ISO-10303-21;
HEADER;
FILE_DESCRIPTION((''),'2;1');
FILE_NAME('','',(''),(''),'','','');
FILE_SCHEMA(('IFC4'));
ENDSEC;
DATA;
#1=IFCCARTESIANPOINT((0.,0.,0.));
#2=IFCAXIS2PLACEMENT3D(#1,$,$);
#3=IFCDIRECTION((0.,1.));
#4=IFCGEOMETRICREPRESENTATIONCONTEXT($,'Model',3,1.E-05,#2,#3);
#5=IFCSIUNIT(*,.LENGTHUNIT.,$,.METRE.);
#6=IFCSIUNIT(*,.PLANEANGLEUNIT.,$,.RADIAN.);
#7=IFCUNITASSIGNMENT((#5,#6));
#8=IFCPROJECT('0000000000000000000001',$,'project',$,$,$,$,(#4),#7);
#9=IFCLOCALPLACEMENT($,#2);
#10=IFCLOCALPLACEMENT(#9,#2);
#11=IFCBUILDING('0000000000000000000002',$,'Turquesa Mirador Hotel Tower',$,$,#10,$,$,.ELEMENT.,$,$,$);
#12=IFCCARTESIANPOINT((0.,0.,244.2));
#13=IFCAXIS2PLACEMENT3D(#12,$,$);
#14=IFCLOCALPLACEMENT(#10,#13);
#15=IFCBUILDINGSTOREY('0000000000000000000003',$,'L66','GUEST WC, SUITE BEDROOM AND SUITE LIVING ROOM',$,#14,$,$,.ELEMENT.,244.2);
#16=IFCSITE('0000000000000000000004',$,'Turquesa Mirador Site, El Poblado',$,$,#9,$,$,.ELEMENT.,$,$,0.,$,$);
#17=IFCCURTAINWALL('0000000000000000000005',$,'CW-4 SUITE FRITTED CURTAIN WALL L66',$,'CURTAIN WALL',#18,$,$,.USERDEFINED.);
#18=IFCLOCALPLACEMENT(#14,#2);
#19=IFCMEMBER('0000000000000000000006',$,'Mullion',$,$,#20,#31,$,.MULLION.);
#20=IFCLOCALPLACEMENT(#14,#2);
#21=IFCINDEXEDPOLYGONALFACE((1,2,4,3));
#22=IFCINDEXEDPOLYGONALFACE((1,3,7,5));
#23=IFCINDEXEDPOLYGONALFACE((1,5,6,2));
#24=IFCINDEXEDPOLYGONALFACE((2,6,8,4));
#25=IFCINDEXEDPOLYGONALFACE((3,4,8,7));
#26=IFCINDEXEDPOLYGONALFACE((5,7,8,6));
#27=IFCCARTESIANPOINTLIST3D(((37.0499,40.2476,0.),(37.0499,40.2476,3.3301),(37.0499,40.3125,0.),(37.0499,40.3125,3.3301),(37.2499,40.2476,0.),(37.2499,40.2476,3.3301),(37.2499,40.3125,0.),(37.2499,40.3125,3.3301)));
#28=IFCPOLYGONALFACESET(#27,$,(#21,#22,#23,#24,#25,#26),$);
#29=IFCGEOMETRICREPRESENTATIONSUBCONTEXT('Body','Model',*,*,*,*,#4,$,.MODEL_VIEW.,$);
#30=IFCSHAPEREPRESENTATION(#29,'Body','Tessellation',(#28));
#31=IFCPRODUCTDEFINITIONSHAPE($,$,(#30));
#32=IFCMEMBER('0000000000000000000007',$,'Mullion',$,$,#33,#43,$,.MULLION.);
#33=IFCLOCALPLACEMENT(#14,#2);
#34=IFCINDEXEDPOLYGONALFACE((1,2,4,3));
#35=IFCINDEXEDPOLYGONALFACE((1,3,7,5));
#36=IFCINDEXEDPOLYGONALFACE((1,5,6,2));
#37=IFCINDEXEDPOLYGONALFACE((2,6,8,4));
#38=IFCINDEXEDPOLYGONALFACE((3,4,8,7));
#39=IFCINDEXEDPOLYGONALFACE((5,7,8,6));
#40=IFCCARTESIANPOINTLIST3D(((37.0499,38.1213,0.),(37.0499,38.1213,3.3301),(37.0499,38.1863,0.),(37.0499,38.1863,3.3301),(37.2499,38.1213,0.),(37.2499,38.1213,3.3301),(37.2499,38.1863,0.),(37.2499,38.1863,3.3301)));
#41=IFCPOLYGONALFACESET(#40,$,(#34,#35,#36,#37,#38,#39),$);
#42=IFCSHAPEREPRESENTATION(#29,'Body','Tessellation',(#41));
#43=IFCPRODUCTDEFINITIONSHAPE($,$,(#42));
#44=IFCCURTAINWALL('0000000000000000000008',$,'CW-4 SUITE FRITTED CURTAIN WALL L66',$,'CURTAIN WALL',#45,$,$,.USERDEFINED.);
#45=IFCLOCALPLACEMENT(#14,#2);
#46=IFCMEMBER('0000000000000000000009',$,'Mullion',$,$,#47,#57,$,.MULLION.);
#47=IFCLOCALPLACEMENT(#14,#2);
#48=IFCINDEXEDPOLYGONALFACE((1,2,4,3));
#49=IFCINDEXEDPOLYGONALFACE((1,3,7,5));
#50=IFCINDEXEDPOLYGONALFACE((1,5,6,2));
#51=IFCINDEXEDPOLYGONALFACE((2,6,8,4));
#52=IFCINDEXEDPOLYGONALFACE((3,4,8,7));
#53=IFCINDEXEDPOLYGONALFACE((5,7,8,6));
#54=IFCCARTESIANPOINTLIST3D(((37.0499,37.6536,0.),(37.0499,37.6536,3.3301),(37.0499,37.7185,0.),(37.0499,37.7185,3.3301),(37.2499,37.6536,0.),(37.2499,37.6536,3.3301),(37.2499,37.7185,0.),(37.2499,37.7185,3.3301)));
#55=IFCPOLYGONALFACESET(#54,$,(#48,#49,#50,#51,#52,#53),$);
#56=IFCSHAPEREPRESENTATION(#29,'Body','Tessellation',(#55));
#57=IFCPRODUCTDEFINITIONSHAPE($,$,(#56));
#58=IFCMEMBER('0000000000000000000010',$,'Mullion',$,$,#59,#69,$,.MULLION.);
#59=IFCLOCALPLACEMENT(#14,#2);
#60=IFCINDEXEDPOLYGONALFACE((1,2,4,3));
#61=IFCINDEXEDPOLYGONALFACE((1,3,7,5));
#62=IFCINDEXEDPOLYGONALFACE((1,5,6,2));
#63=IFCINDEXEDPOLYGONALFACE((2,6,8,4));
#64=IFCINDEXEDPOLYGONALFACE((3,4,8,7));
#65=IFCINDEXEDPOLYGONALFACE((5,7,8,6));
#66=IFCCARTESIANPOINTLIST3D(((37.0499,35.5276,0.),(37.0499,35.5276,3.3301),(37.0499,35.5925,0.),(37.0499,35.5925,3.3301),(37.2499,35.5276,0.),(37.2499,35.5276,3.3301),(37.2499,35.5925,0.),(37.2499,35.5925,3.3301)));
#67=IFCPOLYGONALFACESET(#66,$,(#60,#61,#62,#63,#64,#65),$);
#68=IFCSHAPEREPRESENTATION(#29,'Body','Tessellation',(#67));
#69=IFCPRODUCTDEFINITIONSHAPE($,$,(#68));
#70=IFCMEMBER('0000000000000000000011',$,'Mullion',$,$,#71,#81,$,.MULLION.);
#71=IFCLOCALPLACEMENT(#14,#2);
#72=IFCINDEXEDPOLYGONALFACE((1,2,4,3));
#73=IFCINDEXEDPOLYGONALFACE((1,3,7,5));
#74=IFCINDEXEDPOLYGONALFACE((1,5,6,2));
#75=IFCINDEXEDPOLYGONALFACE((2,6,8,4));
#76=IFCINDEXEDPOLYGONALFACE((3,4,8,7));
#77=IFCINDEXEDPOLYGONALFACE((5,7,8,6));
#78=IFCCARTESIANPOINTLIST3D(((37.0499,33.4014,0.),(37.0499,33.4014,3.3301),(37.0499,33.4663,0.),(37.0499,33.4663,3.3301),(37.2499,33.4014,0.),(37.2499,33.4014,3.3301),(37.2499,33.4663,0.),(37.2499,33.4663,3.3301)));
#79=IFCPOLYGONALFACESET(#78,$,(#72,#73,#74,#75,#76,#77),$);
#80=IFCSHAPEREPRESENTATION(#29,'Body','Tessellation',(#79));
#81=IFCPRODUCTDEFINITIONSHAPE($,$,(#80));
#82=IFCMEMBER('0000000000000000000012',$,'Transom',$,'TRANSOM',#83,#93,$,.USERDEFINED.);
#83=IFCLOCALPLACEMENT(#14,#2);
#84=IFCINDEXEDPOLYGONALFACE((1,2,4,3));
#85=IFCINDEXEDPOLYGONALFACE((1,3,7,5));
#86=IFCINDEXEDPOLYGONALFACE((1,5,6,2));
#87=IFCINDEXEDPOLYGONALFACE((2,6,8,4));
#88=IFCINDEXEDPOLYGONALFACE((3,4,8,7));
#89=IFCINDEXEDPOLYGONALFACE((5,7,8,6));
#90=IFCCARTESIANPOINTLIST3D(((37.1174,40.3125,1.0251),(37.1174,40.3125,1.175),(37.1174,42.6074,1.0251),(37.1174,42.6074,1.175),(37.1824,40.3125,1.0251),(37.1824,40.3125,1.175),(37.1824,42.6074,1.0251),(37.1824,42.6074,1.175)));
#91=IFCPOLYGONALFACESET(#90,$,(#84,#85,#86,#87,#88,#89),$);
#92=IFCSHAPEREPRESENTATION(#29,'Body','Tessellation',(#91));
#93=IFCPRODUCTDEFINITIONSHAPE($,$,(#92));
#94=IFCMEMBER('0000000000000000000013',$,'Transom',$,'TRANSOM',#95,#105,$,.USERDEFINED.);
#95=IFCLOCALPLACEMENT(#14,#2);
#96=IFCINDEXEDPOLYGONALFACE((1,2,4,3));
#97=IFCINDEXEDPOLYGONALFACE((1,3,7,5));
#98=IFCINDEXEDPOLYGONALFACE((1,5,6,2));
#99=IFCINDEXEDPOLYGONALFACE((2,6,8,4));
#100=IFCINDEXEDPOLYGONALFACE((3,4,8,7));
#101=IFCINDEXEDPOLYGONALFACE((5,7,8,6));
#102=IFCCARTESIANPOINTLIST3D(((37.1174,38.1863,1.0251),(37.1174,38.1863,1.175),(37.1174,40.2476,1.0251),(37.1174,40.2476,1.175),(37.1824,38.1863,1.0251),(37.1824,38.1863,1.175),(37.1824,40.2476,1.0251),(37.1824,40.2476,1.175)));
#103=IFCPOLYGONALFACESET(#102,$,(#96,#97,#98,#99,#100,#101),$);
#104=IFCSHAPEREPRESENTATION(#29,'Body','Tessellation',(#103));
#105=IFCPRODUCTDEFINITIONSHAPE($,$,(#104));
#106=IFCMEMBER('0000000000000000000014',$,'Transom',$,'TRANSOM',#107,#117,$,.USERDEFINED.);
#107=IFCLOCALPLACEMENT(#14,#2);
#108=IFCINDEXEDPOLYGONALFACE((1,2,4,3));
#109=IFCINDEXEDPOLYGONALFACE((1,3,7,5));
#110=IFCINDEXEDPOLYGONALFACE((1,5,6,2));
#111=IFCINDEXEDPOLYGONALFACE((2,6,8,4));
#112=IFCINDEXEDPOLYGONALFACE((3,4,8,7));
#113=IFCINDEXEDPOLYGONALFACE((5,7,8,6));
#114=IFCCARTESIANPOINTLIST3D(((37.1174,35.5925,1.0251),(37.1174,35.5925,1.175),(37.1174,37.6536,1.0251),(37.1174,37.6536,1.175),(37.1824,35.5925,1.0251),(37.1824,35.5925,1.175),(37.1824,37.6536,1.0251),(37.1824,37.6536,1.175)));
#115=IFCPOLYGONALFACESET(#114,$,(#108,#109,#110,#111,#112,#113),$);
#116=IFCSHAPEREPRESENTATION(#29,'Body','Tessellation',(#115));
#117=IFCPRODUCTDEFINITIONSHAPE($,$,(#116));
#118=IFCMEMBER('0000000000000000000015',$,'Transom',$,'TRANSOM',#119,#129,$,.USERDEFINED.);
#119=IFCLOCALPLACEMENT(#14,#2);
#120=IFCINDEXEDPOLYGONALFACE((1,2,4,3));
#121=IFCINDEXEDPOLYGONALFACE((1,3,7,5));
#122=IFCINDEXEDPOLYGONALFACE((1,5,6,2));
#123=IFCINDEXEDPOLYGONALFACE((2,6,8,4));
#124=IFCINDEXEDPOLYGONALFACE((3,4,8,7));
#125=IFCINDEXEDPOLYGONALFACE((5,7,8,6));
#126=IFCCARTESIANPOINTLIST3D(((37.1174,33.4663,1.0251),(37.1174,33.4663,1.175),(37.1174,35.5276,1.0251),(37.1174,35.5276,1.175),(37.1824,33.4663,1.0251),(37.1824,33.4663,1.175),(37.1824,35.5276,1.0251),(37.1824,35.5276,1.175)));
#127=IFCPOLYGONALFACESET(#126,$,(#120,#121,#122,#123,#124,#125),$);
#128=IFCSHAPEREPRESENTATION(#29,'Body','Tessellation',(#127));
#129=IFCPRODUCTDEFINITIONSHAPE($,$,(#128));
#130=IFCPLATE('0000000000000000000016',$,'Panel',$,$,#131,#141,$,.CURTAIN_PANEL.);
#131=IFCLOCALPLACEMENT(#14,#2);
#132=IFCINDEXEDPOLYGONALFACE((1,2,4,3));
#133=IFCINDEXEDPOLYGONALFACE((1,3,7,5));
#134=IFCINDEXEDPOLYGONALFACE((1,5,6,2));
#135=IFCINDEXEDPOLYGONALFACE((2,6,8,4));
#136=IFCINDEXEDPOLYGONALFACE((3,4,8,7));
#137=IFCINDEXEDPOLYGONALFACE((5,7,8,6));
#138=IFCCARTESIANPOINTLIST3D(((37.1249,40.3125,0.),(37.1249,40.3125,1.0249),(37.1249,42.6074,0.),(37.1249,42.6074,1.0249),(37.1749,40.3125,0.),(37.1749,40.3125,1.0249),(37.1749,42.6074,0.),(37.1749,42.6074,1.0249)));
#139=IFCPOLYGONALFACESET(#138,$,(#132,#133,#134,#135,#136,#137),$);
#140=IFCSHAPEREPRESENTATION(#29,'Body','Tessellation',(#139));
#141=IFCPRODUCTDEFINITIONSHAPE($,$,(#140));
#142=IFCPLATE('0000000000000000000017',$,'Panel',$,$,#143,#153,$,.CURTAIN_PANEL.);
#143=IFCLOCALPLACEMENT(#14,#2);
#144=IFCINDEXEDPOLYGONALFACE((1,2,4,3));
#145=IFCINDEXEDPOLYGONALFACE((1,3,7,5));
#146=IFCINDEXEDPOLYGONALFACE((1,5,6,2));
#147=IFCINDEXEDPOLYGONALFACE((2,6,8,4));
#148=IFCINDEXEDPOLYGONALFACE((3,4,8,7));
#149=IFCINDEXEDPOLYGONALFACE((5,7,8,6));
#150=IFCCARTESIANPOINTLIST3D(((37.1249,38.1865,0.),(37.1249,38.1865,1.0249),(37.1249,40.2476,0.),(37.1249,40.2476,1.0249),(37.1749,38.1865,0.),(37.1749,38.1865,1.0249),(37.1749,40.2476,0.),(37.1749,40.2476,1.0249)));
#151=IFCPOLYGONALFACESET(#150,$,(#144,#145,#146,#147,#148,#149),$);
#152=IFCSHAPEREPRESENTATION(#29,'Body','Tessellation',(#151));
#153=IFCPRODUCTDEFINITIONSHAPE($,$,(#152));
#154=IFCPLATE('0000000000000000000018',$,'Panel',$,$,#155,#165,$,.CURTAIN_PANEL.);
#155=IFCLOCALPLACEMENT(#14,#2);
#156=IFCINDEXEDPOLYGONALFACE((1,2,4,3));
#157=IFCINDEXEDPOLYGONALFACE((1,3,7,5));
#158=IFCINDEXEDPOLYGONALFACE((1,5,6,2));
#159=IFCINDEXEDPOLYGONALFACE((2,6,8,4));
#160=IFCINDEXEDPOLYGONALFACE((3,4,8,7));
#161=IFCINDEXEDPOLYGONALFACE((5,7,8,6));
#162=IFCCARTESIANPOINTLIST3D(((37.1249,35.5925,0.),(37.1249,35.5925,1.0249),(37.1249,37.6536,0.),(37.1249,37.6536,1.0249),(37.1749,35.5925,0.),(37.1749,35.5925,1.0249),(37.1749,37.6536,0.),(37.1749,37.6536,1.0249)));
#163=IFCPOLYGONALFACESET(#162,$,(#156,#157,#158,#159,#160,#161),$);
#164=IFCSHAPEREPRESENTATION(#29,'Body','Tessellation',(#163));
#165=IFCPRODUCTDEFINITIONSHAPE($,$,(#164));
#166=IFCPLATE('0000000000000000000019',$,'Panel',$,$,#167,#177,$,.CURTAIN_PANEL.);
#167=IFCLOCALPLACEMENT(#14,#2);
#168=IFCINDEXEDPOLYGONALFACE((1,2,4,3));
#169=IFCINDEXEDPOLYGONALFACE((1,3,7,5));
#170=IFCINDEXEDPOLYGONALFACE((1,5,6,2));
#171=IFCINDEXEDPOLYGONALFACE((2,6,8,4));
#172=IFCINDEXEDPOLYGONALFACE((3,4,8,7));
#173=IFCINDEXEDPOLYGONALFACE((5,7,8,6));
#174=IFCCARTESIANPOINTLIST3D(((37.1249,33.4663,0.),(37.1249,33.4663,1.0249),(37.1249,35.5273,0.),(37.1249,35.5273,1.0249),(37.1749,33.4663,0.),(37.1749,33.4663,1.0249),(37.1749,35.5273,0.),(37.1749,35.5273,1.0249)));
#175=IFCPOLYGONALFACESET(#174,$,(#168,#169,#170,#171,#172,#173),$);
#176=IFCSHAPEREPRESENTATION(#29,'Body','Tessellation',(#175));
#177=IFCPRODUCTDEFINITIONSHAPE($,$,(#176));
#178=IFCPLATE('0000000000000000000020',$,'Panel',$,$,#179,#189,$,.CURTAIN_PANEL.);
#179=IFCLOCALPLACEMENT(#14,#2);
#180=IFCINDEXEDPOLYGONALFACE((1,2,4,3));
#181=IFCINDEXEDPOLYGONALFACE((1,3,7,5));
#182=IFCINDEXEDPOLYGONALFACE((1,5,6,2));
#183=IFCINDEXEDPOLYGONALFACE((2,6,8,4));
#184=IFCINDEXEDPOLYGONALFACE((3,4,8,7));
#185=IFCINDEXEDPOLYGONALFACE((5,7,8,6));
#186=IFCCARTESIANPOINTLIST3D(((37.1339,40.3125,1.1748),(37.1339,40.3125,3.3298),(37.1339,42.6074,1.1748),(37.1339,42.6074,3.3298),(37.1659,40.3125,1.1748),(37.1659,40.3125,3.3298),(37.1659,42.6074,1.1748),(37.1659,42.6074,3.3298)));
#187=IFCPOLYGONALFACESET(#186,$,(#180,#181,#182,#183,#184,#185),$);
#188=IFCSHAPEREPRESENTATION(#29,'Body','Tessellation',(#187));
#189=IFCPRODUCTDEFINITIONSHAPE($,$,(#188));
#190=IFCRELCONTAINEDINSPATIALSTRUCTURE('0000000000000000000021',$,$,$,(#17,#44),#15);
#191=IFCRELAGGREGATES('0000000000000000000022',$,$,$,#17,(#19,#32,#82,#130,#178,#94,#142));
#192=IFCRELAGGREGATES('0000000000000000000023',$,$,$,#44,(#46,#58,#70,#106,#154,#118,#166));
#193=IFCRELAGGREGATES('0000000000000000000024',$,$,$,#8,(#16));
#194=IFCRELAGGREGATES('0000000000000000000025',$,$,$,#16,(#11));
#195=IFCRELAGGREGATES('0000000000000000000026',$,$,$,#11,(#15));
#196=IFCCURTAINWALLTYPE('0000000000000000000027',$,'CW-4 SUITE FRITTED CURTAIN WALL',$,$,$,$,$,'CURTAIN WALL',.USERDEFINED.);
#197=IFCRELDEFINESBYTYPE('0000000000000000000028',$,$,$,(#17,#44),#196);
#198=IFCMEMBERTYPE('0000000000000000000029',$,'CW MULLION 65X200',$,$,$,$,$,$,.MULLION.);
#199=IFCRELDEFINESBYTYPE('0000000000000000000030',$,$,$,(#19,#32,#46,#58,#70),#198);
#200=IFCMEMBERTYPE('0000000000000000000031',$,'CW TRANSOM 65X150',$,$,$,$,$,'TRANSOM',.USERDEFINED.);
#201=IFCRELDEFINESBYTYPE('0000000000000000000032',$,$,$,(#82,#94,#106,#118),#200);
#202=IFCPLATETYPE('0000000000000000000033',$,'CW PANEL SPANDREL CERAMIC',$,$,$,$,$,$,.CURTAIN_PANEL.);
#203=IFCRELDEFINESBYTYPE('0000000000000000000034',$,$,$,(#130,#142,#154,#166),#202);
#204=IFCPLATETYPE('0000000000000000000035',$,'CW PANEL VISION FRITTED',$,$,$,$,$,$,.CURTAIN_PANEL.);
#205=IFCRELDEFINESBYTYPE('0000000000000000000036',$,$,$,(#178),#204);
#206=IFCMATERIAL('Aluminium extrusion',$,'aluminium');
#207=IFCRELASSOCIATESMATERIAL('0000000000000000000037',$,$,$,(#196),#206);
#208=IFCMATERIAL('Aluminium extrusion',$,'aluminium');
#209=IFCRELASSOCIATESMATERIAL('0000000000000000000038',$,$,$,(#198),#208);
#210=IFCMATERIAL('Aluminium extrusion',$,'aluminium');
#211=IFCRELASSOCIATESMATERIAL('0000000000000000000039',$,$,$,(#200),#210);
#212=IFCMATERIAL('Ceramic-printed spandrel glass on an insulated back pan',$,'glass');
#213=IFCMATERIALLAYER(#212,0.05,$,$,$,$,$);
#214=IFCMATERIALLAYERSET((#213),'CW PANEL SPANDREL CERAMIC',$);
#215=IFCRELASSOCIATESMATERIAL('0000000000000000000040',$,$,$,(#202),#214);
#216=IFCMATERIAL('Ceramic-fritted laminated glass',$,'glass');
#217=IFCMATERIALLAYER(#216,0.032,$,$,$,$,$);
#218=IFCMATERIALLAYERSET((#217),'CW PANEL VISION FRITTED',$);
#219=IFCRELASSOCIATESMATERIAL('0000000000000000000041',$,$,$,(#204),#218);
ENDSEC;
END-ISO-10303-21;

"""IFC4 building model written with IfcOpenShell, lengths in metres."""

from ifc_helpers import new_model, si_unit, direction, frame, origin, origin_2d, place, context, subcontext, project, spatial, rectangle, extrude, material, layer, layer_set, material_profile, profile_set, type_object, element, aggregate, save


model = new_model("IFC4")

# Units and contexts
model_context = context("Model", 3, precision=1e-05, world=origin(), true_north=direction((0.0, 1.0)))
body_context = subcontext(model_context, "Body", "Model", "MODEL_VIEW")
ifc_project = project(units=[si_unit("LENGTHUNIT", "METRE"), si_unit("PLANEANGLEUNIT", "RADIAN")], contexts=[model_context])

# Site, building, storey
site_placement = place(None, origin())
site = spatial("IfcSite", under=ifc_project, at=site_placement, Name="Turquesa Mirador Site, El Poblado", CompositionType="ELEMENT", RefElevation=0.0)
building_placement = place(site_placement, origin())
building = spatial("IfcBuilding", under=site, at=building_placement, Name="Turquesa Mirador Hotel Tower", CompositionType="ELEMENT")
storey_placement = place(building_placement, frame((0.0, 0.0, 244.2)))
storey = spatial("IfcBuildingStorey", under=building, at=storey_placement, Name="L66", Description="GUEST WC, SUITE BEDROOM AND SUITE LIVING ROOM", CompositionType="ELEMENT", Elevation=244.2)

# Curtain walls, members
ifc_material_1 = material(Name="Aluminium extrusion", Category="aluminium")
curtain_wall_type = type_object("IfcCurtainWallType", Name="CW-4 SUITE FRITTED CURTAIN WALL", ElementType="CURTAIN WALL", PredefinedType="USERDEFINED", material=ifc_material_1)
curtain_wall_1_placement = place(storey_placement, origin())
curtain_wall_1 = element("IfcCurtainWall", 1, at=curtain_wall_1_placement, inside=storey, type_object=curtain_wall_type, Name="CW-4 SUITE FRITTED CURTAIN WALL L66", ObjectType="CURTAIN WALL", PredefinedType="USERDEFINED")
ifc_material_2 = material(Name="Aluminium extrusion", Category="aluminium")
ifc_material_profile_1 = material_profile(ifc_material_2, rectangle(XDim=0.0649, YDim=0.2, at=origin_2d()), Name="MULLION 65X200")
ifc_profile_set_1 = profile_set([ifc_material_profile_1], Name="Aluminium extrusion")
member_type_1 = type_object("IfcMemberType", Name="CW MULLION 65X200", PredefinedType="MULLION", material=ifc_profile_set_1)
member_1_placement = place(storey_placement, frame((37.1499, 40.28, 0.0), z_axis=(0.0, 0.0, 1.0), x_axis=(0.0, -1.0, 0.0)))
member_1 = element("IfcMember", 2, at=member_1_placement, type_object=member_type_1, Name="Mullion", PredefinedType="MULLION", context=body_context, shape_type="SweptSolid", body=[
    extrude(rectangle(XDim=0.0649, YDim=0.2, at=origin_2d()), origin(), (0.0, 0.0, 1.0), 3.3301),
])
member_2_placement = place(storey_placement, frame((37.1499, 38.1538, 0.0), z_axis=(0.0, 0.0, 1.0), x_axis=(0.0, -1.0, 0.0)))
member_2 = element("IfcMember", 3, at=member_2_placement, type_object=member_type_1, Name="Mullion", PredefinedType="MULLION", context=body_context, shape_type="SweptSolid", body=[
    extrude(rectangle(XDim=0.0649, YDim=0.2, at=origin_2d()), origin(), (0.0, 0.0, 1.0), 3.3301),
])
curtain_wall_2_placement = place(storey_placement, origin())
curtain_wall_2 = element("IfcCurtainWall", 4, at=curtain_wall_2_placement, inside=storey, type_object=curtain_wall_type, Name="CW-4 SUITE FRITTED CURTAIN WALL L66", ObjectType="CURTAIN WALL", PredefinedType="USERDEFINED")
member_3_placement = place(storey_placement, frame((37.1499, 37.686, 0.0), z_axis=(0.0, 0.0, 1.0), x_axis=(0.0, -1.0, 0.0)))
member_3 = element("IfcMember", 5, at=member_3_placement, type_object=member_type_1, Name="Mullion", PredefinedType="MULLION", context=body_context, shape_type="SweptSolid", body=[
    extrude(rectangle(XDim=0.0649, YDim=0.2, at=origin_2d()), origin(), (0.0, 0.0, 1.0), 3.3301),
])
member_4_placement = place(storey_placement, frame((37.1499, 35.5601, 0.0), z_axis=(0.0, 0.0, 1.0), x_axis=(0.0, -1.0, 0.0)))
member_4 = element("IfcMember", 6, at=member_4_placement, type_object=member_type_1, Name="Mullion", PredefinedType="MULLION", context=body_context, shape_type="SweptSolid", body=[
    extrude(rectangle(XDim=0.0649, YDim=0.2, at=origin_2d()), origin(), (0.0, 0.0, 1.0), 3.3301),
])
member_5_placement = place(storey_placement, frame((37.1499, 33.4338, 0.0), z_axis=(0.0, 0.0, 1.0), x_axis=(0.0, -1.0, 0.0)))
member_5 = element("IfcMember", 7, at=member_5_placement, type_object=member_type_1, Name="Mullion", PredefinedType="MULLION", context=body_context, shape_type="SweptSolid", body=[
    extrude(rectangle(XDim=0.0649, YDim=0.2, at=origin_2d()), origin(), (0.0, 0.0, 1.0), 3.3301),
])

# Members
ifc_material_3 = material(Name="Aluminium extrusion", Category="aluminium")
ifc_material_profile_2 = material_profile(ifc_material_3, rectangle(XDim=0.0649, YDim=0.1499, at=origin_2d()), Name="TRANSOM 65X150")
ifc_profile_set_2 = profile_set([ifc_material_profile_2], Name="Aluminium extrusion")
member_type_2 = type_object("IfcMemberType", Name="CW TRANSOM 65X150", ElementType="TRANSOM", PredefinedType="USERDEFINED", material=ifc_profile_set_2)
member_6_placement = place(storey_placement, frame((37.1499, 42.6074, 1.1001), z_axis=(0.0, -1.0, 0.0), x_axis=(1.0, 0.0, 0.0)))
member_6 = element("IfcMember", 8, at=member_6_placement, type_object=member_type_2, Name="Transom", ObjectType="TRANSOM", PredefinedType="USERDEFINED", context=body_context, shape_type="SweptSolid", body=[
    extrude(rectangle(XDim=0.0649, YDim=0.1499, at=origin_2d()), origin(), (0.0, 0.0, 1.0), 2.2949),
])
member_7_placement = place(storey_placement, frame((37.1499, 40.2476, 1.1001), z_axis=(0.0, -1.0, 0.0), x_axis=(1.0, 0.0, 0.0)))
member_7 = element("IfcMember", 9, at=member_7_placement, type_object=member_type_2, Name="Transom", ObjectType="TRANSOM", PredefinedType="USERDEFINED", context=body_context, shape_type="SweptSolid", body=[
    extrude(rectangle(XDim=0.0649, YDim=0.1499, at=origin_2d()), origin(), (0.0, 0.0, 1.0), 2.0613),
])
member_8_placement = place(storey_placement, frame((37.1499, 37.6536, 1.1001), z_axis=(0.0, -1.0, 0.0), x_axis=(1.0, 0.0, 0.0)))
member_8 = element("IfcMember", 10, at=member_8_placement, type_object=member_type_2, Name="Transom", ObjectType="TRANSOM", PredefinedType="USERDEFINED", context=body_context, shape_type="SweptSolid", body=[
    extrude(rectangle(XDim=0.0649, YDim=0.1499, at=origin_2d()), origin(), (0.0, 0.0, 1.0), 2.061),
])
member_9_placement = place(storey_placement, frame((37.1499, 35.5276, 1.1001), z_axis=(0.0, -1.0, 0.0), x_axis=(1.0, 0.0, 0.0)))
member_9 = element("IfcMember", 11, at=member_9_placement, type_object=member_type_2, Name="Transom", ObjectType="TRANSOM", PredefinedType="USERDEFINED", context=body_context, shape_type="SweptSolid", body=[
    extrude(rectangle(XDim=0.0649, YDim=0.1499, at=origin_2d()), origin(), (0.0, 0.0, 1.0), 2.0613),
])

# Plates
ifc_material_4 = material(Name="Ceramic-printed spandrel glass on an insulated back pan", Category="glass")
ifc_layer_1 = layer(ifc_material_4, 0.05)
ifc_layer_set_1 = layer_set([ifc_layer_1], Name="CW PANEL SPANDREL CERAMIC")
plate_type_1 = type_object("IfcPlateType", Name="CW PANEL SPANDREL CERAMIC", PredefinedType="CURTAIN_PANEL", material=ifc_layer_set_1)
plate_1_placement = place(storey_placement, frame((37.1499, 41.46, 0.0), z_axis=(0.0, 0.0, 1.0), x_axis=(0.0, -1.0, 0.0)))
plate_1 = element("IfcPlate", 12, at=plate_1_placement, type_object=plate_type_1, Name="Panel", PredefinedType="CURTAIN_PANEL", context=body_context, shape_type="SweptSolid", body=[
    extrude(rectangle(XDim=2.2949, YDim=0.05, at=origin_2d()), origin(), (0.0, 0.0, 1.0), 1.0249),
])
plate_2_placement = place(storey_placement, frame((37.1499, 39.217, 0.0), z_axis=(0.0, 0.0, 1.0), x_axis=(0.0, -1.0, 0.0)))
plate_2 = element("IfcPlate", 13, at=plate_2_placement, type_object=plate_type_1, Name="Panel", PredefinedType="CURTAIN_PANEL", context=body_context, shape_type="SweptSolid", body=[
    extrude(rectangle(XDim=2.061, YDim=0.05, at=origin_2d()), origin(), (0.0, 0.0, 1.0), 1.0249),
])
plate_3_placement = place(storey_placement, frame((37.1499, 36.623, 0.0), z_axis=(0.0, 0.0, 1.0), x_axis=(0.0, -1.0, 0.0)))
plate_3 = element("IfcPlate", 14, at=plate_3_placement, type_object=plate_type_1, Name="Panel", PredefinedType="CURTAIN_PANEL", context=body_context, shape_type="SweptSolid", body=[
    extrude(rectangle(XDim=2.061, YDim=0.05, at=origin_2d()), origin(), (0.0, 0.0, 1.0), 1.0249),
])
plate_4_placement = place(storey_placement, frame((37.1499, 34.4968, 0.0), z_axis=(0.0, 0.0, 1.0), x_axis=(0.0, -1.0, 0.0)))
plate_4 = element("IfcPlate", 15, at=plate_4_placement, type_object=plate_type_1, Name="Panel", PredefinedType="CURTAIN_PANEL", context=body_context, shape_type="SweptSolid", body=[
    extrude(rectangle(XDim=2.061, YDim=0.05, at=origin_2d()), origin(), (0.0, 0.0, 1.0), 1.0249),
])
ifc_material_5 = material(Name="Ceramic-fritted laminated glass", Category="glass")
ifc_layer_2 = layer(ifc_material_5, 0.032)
ifc_layer_set_2 = layer_set([ifc_layer_2], Name="CW PANEL VISION FRITTED")
plate_type_2 = type_object("IfcPlateType", Name="CW PANEL VISION FRITTED", PredefinedType="CURTAIN_PANEL", material=ifc_layer_set_2)
plate_5_placement = place(storey_placement, frame((37.1499, 41.46, 1.1748), z_axis=(0.0, 0.0, 1.0), x_axis=(0.0, -1.0, 0.0)))
plate_5 = element("IfcPlate", 16, at=plate_5_placement, type_object=plate_type_2, Name="Panel", PredefinedType="CURTAIN_PANEL", context=body_context, shape_type="SweptSolid", body=[
    extrude(rectangle(XDim=2.2949, YDim=0.032, at=origin_2d()), origin(), (0.0, 0.0, 1.0), 2.155),
])
aggregate(curtain_wall_1, [member_1, member_2, member_6, plate_1, plate_5, member_7, plate_2])
aggregate(curtain_wall_2, [member_3, member_4, member_5, member_8, plate_3, member_9, plate_4])

save(model, "model.ifc")
